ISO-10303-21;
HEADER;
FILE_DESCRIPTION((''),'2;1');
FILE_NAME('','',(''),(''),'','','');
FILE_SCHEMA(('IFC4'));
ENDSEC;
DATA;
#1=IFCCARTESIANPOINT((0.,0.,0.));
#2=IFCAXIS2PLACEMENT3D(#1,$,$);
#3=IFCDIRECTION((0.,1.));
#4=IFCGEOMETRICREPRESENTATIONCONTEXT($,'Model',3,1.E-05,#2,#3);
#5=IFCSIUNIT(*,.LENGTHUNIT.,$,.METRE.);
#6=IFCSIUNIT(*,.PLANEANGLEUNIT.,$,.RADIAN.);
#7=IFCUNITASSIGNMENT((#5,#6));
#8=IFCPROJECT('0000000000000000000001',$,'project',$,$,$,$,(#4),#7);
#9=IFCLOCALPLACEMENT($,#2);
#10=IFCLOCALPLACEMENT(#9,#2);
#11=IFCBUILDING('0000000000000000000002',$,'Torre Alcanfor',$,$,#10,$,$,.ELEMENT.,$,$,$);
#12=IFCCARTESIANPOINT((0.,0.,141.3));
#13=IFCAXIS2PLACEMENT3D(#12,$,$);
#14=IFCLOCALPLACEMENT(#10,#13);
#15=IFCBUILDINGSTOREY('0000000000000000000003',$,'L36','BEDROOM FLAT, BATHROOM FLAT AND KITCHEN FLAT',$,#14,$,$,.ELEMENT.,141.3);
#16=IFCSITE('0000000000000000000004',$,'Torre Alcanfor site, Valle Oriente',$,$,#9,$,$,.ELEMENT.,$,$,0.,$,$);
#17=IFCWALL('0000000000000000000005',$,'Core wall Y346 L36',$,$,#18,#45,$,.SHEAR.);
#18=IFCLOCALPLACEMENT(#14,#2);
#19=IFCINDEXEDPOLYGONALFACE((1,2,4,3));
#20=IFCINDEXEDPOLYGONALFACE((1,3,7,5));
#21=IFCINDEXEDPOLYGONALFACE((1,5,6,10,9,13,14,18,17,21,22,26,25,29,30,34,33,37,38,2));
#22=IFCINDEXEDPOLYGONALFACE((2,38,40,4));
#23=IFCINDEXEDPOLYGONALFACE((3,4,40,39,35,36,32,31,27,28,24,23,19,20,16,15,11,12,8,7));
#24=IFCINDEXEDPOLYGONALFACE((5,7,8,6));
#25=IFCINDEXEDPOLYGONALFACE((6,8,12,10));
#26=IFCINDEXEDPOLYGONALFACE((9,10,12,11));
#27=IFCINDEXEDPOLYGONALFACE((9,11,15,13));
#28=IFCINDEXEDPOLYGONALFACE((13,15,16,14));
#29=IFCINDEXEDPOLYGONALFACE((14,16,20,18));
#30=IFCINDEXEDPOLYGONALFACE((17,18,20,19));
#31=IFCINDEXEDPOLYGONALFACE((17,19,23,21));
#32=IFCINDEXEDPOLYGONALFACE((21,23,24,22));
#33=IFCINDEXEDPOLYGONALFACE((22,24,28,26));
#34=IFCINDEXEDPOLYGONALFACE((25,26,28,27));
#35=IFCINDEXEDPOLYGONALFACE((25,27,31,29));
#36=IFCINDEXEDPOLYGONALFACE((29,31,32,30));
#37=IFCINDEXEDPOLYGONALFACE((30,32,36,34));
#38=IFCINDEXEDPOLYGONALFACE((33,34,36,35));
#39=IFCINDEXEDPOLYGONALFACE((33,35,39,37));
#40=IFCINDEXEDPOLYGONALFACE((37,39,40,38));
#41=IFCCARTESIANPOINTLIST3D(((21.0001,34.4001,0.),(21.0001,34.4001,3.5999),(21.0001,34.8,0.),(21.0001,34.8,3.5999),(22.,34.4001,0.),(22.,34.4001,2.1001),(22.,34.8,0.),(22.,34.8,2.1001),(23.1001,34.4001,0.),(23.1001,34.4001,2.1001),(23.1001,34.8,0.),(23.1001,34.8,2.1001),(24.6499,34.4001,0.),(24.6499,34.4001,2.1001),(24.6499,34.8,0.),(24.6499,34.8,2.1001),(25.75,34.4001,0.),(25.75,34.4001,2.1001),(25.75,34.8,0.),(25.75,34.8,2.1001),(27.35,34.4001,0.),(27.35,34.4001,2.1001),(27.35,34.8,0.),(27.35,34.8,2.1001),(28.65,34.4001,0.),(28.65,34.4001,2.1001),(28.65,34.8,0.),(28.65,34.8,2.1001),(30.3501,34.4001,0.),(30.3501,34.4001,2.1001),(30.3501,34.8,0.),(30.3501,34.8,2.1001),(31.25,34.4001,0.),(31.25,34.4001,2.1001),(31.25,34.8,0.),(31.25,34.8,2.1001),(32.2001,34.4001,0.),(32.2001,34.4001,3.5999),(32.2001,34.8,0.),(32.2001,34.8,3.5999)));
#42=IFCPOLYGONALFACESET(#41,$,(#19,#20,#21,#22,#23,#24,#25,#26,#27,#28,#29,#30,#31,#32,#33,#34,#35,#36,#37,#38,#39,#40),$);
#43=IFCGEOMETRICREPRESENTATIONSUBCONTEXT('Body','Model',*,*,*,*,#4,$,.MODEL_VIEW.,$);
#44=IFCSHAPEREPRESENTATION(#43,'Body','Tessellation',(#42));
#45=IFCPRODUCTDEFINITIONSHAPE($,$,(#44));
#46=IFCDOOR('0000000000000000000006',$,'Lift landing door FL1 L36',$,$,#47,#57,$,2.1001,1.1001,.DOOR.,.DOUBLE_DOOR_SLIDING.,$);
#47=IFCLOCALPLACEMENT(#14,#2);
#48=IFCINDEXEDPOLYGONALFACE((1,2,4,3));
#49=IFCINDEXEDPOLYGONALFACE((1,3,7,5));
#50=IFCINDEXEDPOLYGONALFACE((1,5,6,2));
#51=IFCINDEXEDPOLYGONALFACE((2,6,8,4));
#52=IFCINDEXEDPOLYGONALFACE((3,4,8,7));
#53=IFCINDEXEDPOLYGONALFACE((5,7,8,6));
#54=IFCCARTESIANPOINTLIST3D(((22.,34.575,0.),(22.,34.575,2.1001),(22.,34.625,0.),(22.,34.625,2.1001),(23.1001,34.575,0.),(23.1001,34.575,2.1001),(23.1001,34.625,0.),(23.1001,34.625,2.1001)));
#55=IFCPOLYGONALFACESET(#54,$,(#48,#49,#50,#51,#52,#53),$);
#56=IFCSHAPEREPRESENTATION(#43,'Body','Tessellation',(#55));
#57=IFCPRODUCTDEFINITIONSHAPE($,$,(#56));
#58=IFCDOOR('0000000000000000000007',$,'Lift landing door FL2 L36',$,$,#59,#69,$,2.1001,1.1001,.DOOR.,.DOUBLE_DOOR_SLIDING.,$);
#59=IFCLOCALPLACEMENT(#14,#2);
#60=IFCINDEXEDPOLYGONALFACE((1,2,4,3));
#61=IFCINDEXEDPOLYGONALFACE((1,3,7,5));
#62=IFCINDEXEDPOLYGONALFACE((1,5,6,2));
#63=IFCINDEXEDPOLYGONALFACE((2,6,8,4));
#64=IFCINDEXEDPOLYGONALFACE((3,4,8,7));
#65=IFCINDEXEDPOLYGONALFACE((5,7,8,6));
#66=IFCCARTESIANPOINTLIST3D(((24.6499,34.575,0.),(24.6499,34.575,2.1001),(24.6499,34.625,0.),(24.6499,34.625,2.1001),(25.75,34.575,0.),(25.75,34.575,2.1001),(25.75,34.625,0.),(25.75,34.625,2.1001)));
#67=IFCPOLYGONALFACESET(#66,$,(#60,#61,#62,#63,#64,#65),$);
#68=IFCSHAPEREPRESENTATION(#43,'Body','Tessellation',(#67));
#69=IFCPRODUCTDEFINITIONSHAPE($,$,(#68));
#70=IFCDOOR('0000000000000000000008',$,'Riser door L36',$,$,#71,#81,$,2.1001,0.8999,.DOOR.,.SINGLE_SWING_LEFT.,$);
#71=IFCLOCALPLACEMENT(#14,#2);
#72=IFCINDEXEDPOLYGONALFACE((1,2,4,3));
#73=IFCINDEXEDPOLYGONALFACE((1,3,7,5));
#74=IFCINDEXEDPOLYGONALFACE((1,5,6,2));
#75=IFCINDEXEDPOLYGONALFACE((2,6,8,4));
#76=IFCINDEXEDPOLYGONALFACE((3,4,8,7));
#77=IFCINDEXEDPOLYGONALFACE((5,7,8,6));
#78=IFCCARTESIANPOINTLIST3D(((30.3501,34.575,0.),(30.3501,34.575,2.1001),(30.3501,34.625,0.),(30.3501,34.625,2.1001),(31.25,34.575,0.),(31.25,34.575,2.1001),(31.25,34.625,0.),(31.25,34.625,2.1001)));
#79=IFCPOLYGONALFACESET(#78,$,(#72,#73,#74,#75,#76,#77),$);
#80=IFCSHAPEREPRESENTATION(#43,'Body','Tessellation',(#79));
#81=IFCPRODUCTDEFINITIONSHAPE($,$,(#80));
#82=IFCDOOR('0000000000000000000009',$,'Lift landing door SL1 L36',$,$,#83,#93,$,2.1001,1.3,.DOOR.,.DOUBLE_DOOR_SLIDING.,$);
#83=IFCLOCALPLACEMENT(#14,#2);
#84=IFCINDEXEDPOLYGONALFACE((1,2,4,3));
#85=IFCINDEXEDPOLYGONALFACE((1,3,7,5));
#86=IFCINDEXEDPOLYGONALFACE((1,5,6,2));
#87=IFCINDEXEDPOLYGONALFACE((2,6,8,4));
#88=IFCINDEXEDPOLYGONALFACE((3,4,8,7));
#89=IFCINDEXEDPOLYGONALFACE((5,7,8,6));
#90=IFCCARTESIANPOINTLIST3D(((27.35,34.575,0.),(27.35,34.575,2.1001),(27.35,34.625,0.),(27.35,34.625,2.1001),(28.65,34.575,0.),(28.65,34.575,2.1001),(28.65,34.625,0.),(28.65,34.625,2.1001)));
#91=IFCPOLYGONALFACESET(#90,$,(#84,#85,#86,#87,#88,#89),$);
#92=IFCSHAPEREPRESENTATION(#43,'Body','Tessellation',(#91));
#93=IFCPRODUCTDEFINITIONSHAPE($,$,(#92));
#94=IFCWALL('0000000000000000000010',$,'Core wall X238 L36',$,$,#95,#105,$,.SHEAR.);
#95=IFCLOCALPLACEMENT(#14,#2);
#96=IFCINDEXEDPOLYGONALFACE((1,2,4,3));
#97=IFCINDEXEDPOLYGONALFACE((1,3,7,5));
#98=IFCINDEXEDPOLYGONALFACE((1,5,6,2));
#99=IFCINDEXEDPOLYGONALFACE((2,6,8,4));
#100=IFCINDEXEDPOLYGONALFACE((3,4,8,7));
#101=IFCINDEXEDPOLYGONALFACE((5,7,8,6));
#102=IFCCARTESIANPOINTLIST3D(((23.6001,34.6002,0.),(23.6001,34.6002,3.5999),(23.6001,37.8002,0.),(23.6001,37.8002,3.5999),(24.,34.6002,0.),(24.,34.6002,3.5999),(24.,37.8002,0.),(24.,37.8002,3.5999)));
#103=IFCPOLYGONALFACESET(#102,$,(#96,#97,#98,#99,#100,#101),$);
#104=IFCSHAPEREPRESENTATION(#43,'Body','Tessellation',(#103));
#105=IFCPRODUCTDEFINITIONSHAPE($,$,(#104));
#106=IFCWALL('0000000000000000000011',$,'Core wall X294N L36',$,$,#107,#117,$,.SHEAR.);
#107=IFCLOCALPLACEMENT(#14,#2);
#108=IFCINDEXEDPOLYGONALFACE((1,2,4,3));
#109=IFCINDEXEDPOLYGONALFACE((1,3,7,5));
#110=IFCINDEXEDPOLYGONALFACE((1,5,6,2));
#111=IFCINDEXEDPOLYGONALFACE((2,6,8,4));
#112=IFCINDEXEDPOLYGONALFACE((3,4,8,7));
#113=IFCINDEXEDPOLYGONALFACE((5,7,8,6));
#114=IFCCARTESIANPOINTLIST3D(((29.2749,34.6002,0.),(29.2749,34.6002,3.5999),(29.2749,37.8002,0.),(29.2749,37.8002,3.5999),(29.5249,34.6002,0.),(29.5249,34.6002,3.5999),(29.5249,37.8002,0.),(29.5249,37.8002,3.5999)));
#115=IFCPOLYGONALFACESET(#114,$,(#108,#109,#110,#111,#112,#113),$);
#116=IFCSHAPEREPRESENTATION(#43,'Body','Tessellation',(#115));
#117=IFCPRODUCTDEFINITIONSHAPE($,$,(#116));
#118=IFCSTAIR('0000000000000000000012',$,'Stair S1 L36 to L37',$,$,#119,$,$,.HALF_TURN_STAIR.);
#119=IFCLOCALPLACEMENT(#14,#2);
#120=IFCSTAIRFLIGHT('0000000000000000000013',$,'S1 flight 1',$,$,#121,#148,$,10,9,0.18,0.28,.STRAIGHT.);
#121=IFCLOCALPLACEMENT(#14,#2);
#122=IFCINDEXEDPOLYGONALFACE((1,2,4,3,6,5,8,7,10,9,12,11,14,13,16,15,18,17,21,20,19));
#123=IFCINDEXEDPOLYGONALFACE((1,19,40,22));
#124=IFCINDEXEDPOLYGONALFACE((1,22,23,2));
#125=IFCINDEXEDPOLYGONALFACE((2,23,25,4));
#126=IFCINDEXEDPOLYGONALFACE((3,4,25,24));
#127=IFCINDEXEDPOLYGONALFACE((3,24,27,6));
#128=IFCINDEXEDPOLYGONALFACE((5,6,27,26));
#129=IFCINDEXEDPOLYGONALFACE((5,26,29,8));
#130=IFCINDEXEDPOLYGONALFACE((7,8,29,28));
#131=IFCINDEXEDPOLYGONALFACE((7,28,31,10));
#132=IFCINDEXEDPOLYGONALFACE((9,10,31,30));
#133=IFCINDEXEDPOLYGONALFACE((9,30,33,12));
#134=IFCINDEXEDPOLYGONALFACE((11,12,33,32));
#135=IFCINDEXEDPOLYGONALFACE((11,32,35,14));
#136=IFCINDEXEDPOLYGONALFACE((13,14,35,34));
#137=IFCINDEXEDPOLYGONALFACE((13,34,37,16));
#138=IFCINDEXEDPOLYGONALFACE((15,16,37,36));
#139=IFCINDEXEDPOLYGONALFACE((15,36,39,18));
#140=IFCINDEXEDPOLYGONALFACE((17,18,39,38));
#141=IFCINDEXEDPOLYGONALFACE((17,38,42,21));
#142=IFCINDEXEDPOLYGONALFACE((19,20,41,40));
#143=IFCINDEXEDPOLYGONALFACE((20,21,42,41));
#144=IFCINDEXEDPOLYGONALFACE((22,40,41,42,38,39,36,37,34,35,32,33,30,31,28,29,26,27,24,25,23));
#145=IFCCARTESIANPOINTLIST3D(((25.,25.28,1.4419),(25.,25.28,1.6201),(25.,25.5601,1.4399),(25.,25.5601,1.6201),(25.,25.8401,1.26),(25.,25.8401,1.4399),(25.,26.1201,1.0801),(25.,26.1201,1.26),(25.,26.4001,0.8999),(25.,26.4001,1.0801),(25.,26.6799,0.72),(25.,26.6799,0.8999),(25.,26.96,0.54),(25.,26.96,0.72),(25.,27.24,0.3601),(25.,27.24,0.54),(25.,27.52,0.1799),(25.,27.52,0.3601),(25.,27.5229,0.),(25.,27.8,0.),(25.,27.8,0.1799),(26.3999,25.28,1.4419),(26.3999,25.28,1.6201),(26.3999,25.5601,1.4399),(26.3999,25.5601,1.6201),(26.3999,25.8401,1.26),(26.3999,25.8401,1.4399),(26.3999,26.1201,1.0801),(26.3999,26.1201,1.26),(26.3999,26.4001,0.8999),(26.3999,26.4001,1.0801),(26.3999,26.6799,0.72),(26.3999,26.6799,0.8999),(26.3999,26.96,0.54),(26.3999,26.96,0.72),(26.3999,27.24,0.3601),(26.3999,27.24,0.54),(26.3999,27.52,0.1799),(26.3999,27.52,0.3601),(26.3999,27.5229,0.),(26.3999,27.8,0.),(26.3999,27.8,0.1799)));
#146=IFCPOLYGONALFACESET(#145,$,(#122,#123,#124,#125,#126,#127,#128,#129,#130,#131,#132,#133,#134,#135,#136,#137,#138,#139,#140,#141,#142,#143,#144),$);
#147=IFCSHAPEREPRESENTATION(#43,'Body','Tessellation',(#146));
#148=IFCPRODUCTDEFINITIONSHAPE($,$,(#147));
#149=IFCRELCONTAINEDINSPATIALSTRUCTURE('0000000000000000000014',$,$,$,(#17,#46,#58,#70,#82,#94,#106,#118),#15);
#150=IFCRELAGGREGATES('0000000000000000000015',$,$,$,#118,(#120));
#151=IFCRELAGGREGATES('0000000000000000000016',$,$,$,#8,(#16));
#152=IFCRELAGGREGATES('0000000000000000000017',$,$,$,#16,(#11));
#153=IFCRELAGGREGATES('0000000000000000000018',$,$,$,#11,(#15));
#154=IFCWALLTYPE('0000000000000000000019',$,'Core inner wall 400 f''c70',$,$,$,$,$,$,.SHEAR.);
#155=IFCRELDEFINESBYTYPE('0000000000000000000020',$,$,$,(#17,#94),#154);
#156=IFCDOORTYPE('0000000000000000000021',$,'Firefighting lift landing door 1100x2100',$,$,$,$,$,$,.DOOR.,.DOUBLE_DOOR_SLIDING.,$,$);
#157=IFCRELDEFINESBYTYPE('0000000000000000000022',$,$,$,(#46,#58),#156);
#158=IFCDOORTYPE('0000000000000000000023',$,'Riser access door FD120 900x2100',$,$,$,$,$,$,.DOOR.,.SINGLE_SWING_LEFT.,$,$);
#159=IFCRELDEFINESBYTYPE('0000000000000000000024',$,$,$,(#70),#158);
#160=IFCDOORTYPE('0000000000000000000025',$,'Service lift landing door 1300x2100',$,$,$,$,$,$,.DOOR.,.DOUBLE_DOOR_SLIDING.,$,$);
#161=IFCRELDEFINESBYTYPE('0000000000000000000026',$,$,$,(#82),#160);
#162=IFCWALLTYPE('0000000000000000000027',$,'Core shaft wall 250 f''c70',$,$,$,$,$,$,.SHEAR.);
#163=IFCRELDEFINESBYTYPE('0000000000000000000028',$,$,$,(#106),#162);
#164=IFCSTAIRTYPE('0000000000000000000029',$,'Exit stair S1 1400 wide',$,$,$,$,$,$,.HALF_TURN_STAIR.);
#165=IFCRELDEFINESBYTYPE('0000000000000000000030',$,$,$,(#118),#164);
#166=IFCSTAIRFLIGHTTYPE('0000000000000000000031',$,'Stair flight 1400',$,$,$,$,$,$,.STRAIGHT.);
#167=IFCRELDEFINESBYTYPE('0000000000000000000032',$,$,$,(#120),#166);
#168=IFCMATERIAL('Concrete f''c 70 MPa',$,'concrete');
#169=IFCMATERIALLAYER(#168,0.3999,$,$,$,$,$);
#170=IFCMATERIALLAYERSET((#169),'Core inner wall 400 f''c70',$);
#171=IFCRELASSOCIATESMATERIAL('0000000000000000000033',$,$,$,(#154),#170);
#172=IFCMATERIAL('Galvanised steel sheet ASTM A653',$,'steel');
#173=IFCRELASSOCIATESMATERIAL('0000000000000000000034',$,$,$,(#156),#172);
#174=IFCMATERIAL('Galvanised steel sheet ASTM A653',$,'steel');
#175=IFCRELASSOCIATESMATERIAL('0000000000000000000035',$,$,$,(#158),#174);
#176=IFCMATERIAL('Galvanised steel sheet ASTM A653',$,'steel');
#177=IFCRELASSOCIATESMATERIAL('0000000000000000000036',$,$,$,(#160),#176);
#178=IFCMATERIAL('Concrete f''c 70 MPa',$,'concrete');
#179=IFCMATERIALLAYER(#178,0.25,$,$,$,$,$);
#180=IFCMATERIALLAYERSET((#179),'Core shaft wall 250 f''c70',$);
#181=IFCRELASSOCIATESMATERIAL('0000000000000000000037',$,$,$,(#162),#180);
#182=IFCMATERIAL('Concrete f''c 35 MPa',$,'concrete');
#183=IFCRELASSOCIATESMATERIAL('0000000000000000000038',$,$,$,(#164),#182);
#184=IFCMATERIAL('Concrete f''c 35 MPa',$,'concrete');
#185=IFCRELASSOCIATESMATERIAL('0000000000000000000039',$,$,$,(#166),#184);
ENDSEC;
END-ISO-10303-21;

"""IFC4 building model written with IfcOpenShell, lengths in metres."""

from ifc_helpers import new_model, si_unit, direction, frame, frame_2d, origin, place, context, subcontext, project, spatial, polyline, rectangle, outline, extrude, material, layer, layer_set, type_object, element, fill, aggregate, save


model = new_model("IFC4")

# Units and contexts
model_context = context("Model", 3, precision=1e-05, world=origin(), true_north=direction((0.0, 1.0)))
body_context = subcontext(model_context, "Body", "Model", "MODEL_VIEW")
ifc_project = project(units=[si_unit("LENGTHUNIT", "METRE"), si_unit("PLANEANGLEUNIT", "RADIAN")], contexts=[model_context])

# Site, building, storey
site_placement = place(None, origin())
site = spatial("IfcSite", under=ifc_project, at=site_placement, Name="Torre Alcanfor site, Valle Oriente", CompositionType="ELEMENT", RefElevation=0.0)
building_placement = place(site_placement, origin())
building = spatial("IfcBuilding", under=site, at=building_placement, Name="Torre Alcanfor", CompositionType="ELEMENT")
storey_placement = place(building_placement, frame((0.0, 0.0, 141.3)))
storey = spatial("IfcBuildingStorey", under=building, at=storey_placement, Name="L36", Description="BEDROOM FLAT, BATHROOM FLAT AND KITCHEN FLAT", CompositionType="ELEMENT", Elevation=141.3)

# Shared definitions
ifc_material_1 = material(Name="Concrete f'c 70 MPa", Category="concrete")
ifc_layer_1 = layer(ifc_material_1, 0.3999)
ifc_layer_set_1 = layer_set([ifc_layer_1], Name="Core inner wall 400 f'c70")
wall_type_1 = type_object("IfcWallType", Name="Core inner wall 400 f'c70", PredefinedType="SHEAR", material=ifc_layer_set_1)

# Wall, openings, doors
wall_1_placement = place(storey_placement, frame((21.0, 34.6001, 0.0), z_axis=(0.0, 0.0, 1.0), x_axis=(1.0, 0.0, 0.0)))
wall_1 = element("IfcWall", 1, at=wall_1_placement, inside=storey, type_object=wall_type_1, Name="Core wall Y346 L36", PredefinedType="SHEAR", context=body_context, shape_type="SweptSolid", body=[
    extrude(rectangle(XDim=11.2, YDim=0.3999, at=frame_2d((5.6001, 0.0))), origin(), (0.0, 0.0, 1.0), 3.5999),
])
opening_1_placement = place(wall_1_placement, frame((9.3501, 0.0, 0.0)))
opening_1 = element("IfcOpeningElement", 2, at=opening_1_placement, cuts=wall_1, PredefinedType="OPENING", context=body_context, shape_type="SweptSolid", body=[
    extrude(rectangle(XDim=0.8999, YDim=2.1001, at=frame_2d((0.45, 1.05))), frame((0.0, 0.21, 0.0), z_axis=(0.0, -1.0, 0.0), x_axis=(1.0, 0.0, 0.0)), (0.0, 0.0, 1.0), 0.4199),
])
opening_2_placement = place(wall_1_placement, frame((1.0, 0.0, 0.0)))
opening_2 = element("IfcOpeningElement", 3, at=opening_2_placement, cuts=wall_1, PredefinedType="OPENING", context=body_context, shape_type="SweptSolid", body=[
    extrude(rectangle(XDim=1.1001, YDim=2.1001, at=frame_2d((0.55, 1.05))), frame((0.0, 0.21, 0.0), z_axis=(0.0, -1.0, 0.0), x_axis=(1.0, 0.0, 0.0)), (0.0, 0.0, 1.0), 0.4199),
])
opening_3_placement = place(wall_1_placement, frame((3.6499, 0.0, 0.0)))
opening_3 = element("IfcOpeningElement", 4, at=opening_3_placement, cuts=wall_1, PredefinedType="OPENING", context=body_context, shape_type="SweptSolid", body=[
    extrude(rectangle(XDim=1.1001, YDim=2.1001, at=frame_2d((0.55, 1.05))), frame((0.0, 0.21, 0.0), z_axis=(0.0, -1.0, 0.0), x_axis=(1.0, 0.0, 0.0)), (0.0, 0.0, 1.0), 0.4199),
])
opening_4_placement = place(wall_1_placement, frame((6.3501, 0.0, 0.0)))
opening_4 = element("IfcOpeningElement", 5, at=opening_4_placement, cuts=wall_1, PredefinedType="OPENING", context=body_context, shape_type="SweptSolid", body=[
    extrude(rectangle(XDim=1.3, YDim=2.1001, at=frame_2d((0.6499, 1.05))), frame((0.0, 0.21, 0.0), z_axis=(0.0, -1.0, 0.0), x_axis=(1.0, 0.0, 0.0)), (0.0, 0.0, 1.0), 0.4199),
])
ifc_material_2 = material(Name="Galvanised steel sheet ASTM A653", Category="steel")
door_type_1 = type_object("IfcDoorType", Name="Firefighting lift landing door 1100x2100", OperationType="DOUBLE_DOOR_SLIDING", PredefinedType="DOOR", material=ifc_material_2)
door_1_placement = place(opening_2_placement, origin())
door_1 = element("IfcDoor", 6, at=door_1_placement, inside=storey, type_object=door_type_1, Name="Lift landing door FL1 L36", OperationType="DOUBLE_DOOR_SLIDING", OverallHeight=2.1001, OverallWidth=1.1001, PredefinedType="DOOR", context=body_context, shape_type="SweptSolid", body=[
    extrude(rectangle(XDim=1.1001, YDim=2.1001, at=frame_2d((0.55, 1.05))), frame((0.0, 0.0249, 0.0), z_axis=(0.0, -1.0, 0.0), x_axis=(1.0, 0.0, 0.0)), (0.0, 0.0, 1.0), 0.05),
])
fill(opening_2, door_1)
door_2_placement = place(opening_3_placement, origin())
door_2 = element("IfcDoor", 7, at=door_2_placement, inside=storey, type_object=door_type_1, Name="Lift landing door FL2 L36", OperationType="DOUBLE_DOOR_SLIDING", OverallHeight=2.1001, OverallWidth=1.1001, PredefinedType="DOOR", context=body_context, shape_type="SweptSolid", body=[
    extrude(rectangle(XDim=1.1001, YDim=2.1001, at=frame_2d((0.55, 1.05))), frame((0.0, 0.0249, 0.0), z_axis=(0.0, -1.0, 0.0), x_axis=(1.0, 0.0, 0.0)), (0.0, 0.0, 1.0), 0.05),
])
fill(opening_3, door_2)
ifc_material_3 = material(Name="Galvanised steel sheet ASTM A653", Category="steel")
door_type_2 = type_object("IfcDoorType", Name="Riser access door FD120 900x2100", OperationType="SINGLE_SWING_LEFT", PredefinedType="DOOR", material=ifc_material_3)
door_3_placement = place(opening_1_placement, origin())
door_3 = element("IfcDoor", 8, at=door_3_placement, inside=storey, type_object=door_type_2, Name="Riser door L36", OperationType="SINGLE_SWING_LEFT", OverallHeight=2.1001, OverallWidth=0.8999, PredefinedType="DOOR", context=body_context, shape_type="SweptSolid", body=[
    extrude(rectangle(XDim=0.8999, YDim=2.1001, at=frame_2d((0.45, 1.05))), frame((0.0, 0.0249, 0.0), z_axis=(0.0, -1.0, 0.0), x_axis=(1.0, 0.0, 0.0)), (0.0, 0.0, 1.0), 0.05),
])
fill(opening_1, door_3)
ifc_material_4 = material(Name="Galvanised steel sheet ASTM A653", Category="steel")
door_type_3 = type_object("IfcDoorType", Name="Service lift landing door 1300x2100", OperationType="DOUBLE_DOOR_SLIDING", PredefinedType="DOOR", material=ifc_material_4)
door_4_placement = place(opening_4_placement, origin())
door_4 = element("IfcDoor", 9, at=door_4_placement, inside=storey, type_object=door_type_3, Name="Lift landing door SL1 L36", OperationType="DOUBLE_DOOR_SLIDING", OverallHeight=2.1001, OverallWidth=1.3, PredefinedType="DOOR", context=body_context, shape_type="SweptSolid", body=[
    extrude(rectangle(XDim=1.3, YDim=2.1001, at=frame_2d((0.6499, 1.05))), frame((0.0, 0.0249, 0.0), z_axis=(0.0, -1.0, 0.0), x_axis=(1.0, 0.0, 0.0)), (0.0, 0.0, 1.0), 0.05),
])
fill(opening_4, door_4)

# Walls
wall_2_placement = place(storey_placement, frame((23.8, 34.6001, 0.0), z_axis=(0.0, 0.0, 1.0), x_axis=(0.0, 1.0, 0.0)))
element("IfcWall", 10, at=wall_2_placement, inside=storey, type_object=wall_type_1, Name="Core wall X238 L36", PredefinedType="SHEAR", context=body_context, shape_type="SweptSolid", body=[
    extrude(rectangle(XDim=3.2, YDim=0.3999, at=frame_2d((1.6001, 0.0))), origin(), (0.0, 0.0, 1.0), 3.5999),
])
ifc_material_5 = material(Name="Concrete f'c 70 MPa", Category="concrete")
ifc_layer_2 = layer(ifc_material_5, 0.25)
ifc_layer_set_2 = layer_set([ifc_layer_2], Name="Core shaft wall 250 f'c70")
wall_type_2 = type_object("IfcWallType", Name="Core shaft wall 250 f'c70", PredefinedType="SHEAR", material=ifc_layer_set_2)
wall_3_placement = place(storey_placement, frame((29.3999, 34.6001, 0.0), z_axis=(0.0, 0.0, 1.0), x_axis=(0.0, 1.0, 0.0)))
element("IfcWall", 11, at=wall_3_placement, inside=storey, type_object=wall_type_2, Name="Core wall X294N L36", PredefinedType="SHEAR", context=body_context, shape_type="SweptSolid", body=[
    extrude(rectangle(XDim=3.2, YDim=0.25, at=frame_2d((1.6001, 0.0))), origin(), (0.0, 0.0, 1.0), 3.5999),
])

# Stair, stair flight
ifc_material_6 = material(Name="Concrete f'c 35 MPa", Category="concrete")
stair_type = type_object("IfcStairType", Name="Exit stair S1 1400 wide", PredefinedType="HALF_TURN_STAIR", material=ifc_material_6)
stair_placement = place(storey_placement, origin())
stair = element("IfcStair", 12, at=stair_placement, inside=storey, type_object=stair_type, Name="Stair S1 L36 to L37", PredefinedType="HALF_TURN_STAIR")
ifc_material_7 = material(Name="Concrete f'c 35 MPa", Category="concrete")
stair_flight_type = type_object("IfcStairFlightType", Name="Stair flight 1400", PredefinedType="STRAIGHT", material=ifc_material_7)
stair_flight_placement = place(storey_placement, frame((25.7, 27.8, 0.0), z_axis=(0.0, 0.0, 1.0), x_axis=(0.0, -1.0, 0.0)))
stair_flight = element("IfcStairFlight", 13, at=stair_flight_placement, type_object=stair_flight_type, Name="S1 flight 1", NumberOfRisers=10, NumberOfTreads=9, PredefinedType="STRAIGHT", RiserHeight=0.18, TreadLength=0.28, context=body_context, shape_type="SweptSolid", body=[
    extrude(outline(polyline([(0.0, 0.0), (0.0, 0.1799), (0.28, 0.1799), (0.28, 0.3601), (0.5601, 0.3601), (0.5601, 0.54), (0.8401, 0.54), (0.8401, 0.72), (1.1201, 0.72), (1.1201, 0.8999), (1.3999, 0.8999), (1.3999, 1.0801), (1.6799, 1.0801), (1.6799, 1.26), (1.96, 1.26), (1.96, 1.4399), (2.24, 1.4399), (2.24, 1.6201), (2.52, 1.6201), (2.52, 1.8), (2.52, 1.4419), (0.2771, 0.0), (0.0, 0.0)])), frame((0.0, 0.7, 0.0), z_axis=(0.0, -1.0, 0.0), x_axis=(1.0, 0.0, 0.0)), (0.0, 0.0, 1.0), 1.3999),
])
aggregate(stair, [stair_flight])

save(model, "model.ifc")
